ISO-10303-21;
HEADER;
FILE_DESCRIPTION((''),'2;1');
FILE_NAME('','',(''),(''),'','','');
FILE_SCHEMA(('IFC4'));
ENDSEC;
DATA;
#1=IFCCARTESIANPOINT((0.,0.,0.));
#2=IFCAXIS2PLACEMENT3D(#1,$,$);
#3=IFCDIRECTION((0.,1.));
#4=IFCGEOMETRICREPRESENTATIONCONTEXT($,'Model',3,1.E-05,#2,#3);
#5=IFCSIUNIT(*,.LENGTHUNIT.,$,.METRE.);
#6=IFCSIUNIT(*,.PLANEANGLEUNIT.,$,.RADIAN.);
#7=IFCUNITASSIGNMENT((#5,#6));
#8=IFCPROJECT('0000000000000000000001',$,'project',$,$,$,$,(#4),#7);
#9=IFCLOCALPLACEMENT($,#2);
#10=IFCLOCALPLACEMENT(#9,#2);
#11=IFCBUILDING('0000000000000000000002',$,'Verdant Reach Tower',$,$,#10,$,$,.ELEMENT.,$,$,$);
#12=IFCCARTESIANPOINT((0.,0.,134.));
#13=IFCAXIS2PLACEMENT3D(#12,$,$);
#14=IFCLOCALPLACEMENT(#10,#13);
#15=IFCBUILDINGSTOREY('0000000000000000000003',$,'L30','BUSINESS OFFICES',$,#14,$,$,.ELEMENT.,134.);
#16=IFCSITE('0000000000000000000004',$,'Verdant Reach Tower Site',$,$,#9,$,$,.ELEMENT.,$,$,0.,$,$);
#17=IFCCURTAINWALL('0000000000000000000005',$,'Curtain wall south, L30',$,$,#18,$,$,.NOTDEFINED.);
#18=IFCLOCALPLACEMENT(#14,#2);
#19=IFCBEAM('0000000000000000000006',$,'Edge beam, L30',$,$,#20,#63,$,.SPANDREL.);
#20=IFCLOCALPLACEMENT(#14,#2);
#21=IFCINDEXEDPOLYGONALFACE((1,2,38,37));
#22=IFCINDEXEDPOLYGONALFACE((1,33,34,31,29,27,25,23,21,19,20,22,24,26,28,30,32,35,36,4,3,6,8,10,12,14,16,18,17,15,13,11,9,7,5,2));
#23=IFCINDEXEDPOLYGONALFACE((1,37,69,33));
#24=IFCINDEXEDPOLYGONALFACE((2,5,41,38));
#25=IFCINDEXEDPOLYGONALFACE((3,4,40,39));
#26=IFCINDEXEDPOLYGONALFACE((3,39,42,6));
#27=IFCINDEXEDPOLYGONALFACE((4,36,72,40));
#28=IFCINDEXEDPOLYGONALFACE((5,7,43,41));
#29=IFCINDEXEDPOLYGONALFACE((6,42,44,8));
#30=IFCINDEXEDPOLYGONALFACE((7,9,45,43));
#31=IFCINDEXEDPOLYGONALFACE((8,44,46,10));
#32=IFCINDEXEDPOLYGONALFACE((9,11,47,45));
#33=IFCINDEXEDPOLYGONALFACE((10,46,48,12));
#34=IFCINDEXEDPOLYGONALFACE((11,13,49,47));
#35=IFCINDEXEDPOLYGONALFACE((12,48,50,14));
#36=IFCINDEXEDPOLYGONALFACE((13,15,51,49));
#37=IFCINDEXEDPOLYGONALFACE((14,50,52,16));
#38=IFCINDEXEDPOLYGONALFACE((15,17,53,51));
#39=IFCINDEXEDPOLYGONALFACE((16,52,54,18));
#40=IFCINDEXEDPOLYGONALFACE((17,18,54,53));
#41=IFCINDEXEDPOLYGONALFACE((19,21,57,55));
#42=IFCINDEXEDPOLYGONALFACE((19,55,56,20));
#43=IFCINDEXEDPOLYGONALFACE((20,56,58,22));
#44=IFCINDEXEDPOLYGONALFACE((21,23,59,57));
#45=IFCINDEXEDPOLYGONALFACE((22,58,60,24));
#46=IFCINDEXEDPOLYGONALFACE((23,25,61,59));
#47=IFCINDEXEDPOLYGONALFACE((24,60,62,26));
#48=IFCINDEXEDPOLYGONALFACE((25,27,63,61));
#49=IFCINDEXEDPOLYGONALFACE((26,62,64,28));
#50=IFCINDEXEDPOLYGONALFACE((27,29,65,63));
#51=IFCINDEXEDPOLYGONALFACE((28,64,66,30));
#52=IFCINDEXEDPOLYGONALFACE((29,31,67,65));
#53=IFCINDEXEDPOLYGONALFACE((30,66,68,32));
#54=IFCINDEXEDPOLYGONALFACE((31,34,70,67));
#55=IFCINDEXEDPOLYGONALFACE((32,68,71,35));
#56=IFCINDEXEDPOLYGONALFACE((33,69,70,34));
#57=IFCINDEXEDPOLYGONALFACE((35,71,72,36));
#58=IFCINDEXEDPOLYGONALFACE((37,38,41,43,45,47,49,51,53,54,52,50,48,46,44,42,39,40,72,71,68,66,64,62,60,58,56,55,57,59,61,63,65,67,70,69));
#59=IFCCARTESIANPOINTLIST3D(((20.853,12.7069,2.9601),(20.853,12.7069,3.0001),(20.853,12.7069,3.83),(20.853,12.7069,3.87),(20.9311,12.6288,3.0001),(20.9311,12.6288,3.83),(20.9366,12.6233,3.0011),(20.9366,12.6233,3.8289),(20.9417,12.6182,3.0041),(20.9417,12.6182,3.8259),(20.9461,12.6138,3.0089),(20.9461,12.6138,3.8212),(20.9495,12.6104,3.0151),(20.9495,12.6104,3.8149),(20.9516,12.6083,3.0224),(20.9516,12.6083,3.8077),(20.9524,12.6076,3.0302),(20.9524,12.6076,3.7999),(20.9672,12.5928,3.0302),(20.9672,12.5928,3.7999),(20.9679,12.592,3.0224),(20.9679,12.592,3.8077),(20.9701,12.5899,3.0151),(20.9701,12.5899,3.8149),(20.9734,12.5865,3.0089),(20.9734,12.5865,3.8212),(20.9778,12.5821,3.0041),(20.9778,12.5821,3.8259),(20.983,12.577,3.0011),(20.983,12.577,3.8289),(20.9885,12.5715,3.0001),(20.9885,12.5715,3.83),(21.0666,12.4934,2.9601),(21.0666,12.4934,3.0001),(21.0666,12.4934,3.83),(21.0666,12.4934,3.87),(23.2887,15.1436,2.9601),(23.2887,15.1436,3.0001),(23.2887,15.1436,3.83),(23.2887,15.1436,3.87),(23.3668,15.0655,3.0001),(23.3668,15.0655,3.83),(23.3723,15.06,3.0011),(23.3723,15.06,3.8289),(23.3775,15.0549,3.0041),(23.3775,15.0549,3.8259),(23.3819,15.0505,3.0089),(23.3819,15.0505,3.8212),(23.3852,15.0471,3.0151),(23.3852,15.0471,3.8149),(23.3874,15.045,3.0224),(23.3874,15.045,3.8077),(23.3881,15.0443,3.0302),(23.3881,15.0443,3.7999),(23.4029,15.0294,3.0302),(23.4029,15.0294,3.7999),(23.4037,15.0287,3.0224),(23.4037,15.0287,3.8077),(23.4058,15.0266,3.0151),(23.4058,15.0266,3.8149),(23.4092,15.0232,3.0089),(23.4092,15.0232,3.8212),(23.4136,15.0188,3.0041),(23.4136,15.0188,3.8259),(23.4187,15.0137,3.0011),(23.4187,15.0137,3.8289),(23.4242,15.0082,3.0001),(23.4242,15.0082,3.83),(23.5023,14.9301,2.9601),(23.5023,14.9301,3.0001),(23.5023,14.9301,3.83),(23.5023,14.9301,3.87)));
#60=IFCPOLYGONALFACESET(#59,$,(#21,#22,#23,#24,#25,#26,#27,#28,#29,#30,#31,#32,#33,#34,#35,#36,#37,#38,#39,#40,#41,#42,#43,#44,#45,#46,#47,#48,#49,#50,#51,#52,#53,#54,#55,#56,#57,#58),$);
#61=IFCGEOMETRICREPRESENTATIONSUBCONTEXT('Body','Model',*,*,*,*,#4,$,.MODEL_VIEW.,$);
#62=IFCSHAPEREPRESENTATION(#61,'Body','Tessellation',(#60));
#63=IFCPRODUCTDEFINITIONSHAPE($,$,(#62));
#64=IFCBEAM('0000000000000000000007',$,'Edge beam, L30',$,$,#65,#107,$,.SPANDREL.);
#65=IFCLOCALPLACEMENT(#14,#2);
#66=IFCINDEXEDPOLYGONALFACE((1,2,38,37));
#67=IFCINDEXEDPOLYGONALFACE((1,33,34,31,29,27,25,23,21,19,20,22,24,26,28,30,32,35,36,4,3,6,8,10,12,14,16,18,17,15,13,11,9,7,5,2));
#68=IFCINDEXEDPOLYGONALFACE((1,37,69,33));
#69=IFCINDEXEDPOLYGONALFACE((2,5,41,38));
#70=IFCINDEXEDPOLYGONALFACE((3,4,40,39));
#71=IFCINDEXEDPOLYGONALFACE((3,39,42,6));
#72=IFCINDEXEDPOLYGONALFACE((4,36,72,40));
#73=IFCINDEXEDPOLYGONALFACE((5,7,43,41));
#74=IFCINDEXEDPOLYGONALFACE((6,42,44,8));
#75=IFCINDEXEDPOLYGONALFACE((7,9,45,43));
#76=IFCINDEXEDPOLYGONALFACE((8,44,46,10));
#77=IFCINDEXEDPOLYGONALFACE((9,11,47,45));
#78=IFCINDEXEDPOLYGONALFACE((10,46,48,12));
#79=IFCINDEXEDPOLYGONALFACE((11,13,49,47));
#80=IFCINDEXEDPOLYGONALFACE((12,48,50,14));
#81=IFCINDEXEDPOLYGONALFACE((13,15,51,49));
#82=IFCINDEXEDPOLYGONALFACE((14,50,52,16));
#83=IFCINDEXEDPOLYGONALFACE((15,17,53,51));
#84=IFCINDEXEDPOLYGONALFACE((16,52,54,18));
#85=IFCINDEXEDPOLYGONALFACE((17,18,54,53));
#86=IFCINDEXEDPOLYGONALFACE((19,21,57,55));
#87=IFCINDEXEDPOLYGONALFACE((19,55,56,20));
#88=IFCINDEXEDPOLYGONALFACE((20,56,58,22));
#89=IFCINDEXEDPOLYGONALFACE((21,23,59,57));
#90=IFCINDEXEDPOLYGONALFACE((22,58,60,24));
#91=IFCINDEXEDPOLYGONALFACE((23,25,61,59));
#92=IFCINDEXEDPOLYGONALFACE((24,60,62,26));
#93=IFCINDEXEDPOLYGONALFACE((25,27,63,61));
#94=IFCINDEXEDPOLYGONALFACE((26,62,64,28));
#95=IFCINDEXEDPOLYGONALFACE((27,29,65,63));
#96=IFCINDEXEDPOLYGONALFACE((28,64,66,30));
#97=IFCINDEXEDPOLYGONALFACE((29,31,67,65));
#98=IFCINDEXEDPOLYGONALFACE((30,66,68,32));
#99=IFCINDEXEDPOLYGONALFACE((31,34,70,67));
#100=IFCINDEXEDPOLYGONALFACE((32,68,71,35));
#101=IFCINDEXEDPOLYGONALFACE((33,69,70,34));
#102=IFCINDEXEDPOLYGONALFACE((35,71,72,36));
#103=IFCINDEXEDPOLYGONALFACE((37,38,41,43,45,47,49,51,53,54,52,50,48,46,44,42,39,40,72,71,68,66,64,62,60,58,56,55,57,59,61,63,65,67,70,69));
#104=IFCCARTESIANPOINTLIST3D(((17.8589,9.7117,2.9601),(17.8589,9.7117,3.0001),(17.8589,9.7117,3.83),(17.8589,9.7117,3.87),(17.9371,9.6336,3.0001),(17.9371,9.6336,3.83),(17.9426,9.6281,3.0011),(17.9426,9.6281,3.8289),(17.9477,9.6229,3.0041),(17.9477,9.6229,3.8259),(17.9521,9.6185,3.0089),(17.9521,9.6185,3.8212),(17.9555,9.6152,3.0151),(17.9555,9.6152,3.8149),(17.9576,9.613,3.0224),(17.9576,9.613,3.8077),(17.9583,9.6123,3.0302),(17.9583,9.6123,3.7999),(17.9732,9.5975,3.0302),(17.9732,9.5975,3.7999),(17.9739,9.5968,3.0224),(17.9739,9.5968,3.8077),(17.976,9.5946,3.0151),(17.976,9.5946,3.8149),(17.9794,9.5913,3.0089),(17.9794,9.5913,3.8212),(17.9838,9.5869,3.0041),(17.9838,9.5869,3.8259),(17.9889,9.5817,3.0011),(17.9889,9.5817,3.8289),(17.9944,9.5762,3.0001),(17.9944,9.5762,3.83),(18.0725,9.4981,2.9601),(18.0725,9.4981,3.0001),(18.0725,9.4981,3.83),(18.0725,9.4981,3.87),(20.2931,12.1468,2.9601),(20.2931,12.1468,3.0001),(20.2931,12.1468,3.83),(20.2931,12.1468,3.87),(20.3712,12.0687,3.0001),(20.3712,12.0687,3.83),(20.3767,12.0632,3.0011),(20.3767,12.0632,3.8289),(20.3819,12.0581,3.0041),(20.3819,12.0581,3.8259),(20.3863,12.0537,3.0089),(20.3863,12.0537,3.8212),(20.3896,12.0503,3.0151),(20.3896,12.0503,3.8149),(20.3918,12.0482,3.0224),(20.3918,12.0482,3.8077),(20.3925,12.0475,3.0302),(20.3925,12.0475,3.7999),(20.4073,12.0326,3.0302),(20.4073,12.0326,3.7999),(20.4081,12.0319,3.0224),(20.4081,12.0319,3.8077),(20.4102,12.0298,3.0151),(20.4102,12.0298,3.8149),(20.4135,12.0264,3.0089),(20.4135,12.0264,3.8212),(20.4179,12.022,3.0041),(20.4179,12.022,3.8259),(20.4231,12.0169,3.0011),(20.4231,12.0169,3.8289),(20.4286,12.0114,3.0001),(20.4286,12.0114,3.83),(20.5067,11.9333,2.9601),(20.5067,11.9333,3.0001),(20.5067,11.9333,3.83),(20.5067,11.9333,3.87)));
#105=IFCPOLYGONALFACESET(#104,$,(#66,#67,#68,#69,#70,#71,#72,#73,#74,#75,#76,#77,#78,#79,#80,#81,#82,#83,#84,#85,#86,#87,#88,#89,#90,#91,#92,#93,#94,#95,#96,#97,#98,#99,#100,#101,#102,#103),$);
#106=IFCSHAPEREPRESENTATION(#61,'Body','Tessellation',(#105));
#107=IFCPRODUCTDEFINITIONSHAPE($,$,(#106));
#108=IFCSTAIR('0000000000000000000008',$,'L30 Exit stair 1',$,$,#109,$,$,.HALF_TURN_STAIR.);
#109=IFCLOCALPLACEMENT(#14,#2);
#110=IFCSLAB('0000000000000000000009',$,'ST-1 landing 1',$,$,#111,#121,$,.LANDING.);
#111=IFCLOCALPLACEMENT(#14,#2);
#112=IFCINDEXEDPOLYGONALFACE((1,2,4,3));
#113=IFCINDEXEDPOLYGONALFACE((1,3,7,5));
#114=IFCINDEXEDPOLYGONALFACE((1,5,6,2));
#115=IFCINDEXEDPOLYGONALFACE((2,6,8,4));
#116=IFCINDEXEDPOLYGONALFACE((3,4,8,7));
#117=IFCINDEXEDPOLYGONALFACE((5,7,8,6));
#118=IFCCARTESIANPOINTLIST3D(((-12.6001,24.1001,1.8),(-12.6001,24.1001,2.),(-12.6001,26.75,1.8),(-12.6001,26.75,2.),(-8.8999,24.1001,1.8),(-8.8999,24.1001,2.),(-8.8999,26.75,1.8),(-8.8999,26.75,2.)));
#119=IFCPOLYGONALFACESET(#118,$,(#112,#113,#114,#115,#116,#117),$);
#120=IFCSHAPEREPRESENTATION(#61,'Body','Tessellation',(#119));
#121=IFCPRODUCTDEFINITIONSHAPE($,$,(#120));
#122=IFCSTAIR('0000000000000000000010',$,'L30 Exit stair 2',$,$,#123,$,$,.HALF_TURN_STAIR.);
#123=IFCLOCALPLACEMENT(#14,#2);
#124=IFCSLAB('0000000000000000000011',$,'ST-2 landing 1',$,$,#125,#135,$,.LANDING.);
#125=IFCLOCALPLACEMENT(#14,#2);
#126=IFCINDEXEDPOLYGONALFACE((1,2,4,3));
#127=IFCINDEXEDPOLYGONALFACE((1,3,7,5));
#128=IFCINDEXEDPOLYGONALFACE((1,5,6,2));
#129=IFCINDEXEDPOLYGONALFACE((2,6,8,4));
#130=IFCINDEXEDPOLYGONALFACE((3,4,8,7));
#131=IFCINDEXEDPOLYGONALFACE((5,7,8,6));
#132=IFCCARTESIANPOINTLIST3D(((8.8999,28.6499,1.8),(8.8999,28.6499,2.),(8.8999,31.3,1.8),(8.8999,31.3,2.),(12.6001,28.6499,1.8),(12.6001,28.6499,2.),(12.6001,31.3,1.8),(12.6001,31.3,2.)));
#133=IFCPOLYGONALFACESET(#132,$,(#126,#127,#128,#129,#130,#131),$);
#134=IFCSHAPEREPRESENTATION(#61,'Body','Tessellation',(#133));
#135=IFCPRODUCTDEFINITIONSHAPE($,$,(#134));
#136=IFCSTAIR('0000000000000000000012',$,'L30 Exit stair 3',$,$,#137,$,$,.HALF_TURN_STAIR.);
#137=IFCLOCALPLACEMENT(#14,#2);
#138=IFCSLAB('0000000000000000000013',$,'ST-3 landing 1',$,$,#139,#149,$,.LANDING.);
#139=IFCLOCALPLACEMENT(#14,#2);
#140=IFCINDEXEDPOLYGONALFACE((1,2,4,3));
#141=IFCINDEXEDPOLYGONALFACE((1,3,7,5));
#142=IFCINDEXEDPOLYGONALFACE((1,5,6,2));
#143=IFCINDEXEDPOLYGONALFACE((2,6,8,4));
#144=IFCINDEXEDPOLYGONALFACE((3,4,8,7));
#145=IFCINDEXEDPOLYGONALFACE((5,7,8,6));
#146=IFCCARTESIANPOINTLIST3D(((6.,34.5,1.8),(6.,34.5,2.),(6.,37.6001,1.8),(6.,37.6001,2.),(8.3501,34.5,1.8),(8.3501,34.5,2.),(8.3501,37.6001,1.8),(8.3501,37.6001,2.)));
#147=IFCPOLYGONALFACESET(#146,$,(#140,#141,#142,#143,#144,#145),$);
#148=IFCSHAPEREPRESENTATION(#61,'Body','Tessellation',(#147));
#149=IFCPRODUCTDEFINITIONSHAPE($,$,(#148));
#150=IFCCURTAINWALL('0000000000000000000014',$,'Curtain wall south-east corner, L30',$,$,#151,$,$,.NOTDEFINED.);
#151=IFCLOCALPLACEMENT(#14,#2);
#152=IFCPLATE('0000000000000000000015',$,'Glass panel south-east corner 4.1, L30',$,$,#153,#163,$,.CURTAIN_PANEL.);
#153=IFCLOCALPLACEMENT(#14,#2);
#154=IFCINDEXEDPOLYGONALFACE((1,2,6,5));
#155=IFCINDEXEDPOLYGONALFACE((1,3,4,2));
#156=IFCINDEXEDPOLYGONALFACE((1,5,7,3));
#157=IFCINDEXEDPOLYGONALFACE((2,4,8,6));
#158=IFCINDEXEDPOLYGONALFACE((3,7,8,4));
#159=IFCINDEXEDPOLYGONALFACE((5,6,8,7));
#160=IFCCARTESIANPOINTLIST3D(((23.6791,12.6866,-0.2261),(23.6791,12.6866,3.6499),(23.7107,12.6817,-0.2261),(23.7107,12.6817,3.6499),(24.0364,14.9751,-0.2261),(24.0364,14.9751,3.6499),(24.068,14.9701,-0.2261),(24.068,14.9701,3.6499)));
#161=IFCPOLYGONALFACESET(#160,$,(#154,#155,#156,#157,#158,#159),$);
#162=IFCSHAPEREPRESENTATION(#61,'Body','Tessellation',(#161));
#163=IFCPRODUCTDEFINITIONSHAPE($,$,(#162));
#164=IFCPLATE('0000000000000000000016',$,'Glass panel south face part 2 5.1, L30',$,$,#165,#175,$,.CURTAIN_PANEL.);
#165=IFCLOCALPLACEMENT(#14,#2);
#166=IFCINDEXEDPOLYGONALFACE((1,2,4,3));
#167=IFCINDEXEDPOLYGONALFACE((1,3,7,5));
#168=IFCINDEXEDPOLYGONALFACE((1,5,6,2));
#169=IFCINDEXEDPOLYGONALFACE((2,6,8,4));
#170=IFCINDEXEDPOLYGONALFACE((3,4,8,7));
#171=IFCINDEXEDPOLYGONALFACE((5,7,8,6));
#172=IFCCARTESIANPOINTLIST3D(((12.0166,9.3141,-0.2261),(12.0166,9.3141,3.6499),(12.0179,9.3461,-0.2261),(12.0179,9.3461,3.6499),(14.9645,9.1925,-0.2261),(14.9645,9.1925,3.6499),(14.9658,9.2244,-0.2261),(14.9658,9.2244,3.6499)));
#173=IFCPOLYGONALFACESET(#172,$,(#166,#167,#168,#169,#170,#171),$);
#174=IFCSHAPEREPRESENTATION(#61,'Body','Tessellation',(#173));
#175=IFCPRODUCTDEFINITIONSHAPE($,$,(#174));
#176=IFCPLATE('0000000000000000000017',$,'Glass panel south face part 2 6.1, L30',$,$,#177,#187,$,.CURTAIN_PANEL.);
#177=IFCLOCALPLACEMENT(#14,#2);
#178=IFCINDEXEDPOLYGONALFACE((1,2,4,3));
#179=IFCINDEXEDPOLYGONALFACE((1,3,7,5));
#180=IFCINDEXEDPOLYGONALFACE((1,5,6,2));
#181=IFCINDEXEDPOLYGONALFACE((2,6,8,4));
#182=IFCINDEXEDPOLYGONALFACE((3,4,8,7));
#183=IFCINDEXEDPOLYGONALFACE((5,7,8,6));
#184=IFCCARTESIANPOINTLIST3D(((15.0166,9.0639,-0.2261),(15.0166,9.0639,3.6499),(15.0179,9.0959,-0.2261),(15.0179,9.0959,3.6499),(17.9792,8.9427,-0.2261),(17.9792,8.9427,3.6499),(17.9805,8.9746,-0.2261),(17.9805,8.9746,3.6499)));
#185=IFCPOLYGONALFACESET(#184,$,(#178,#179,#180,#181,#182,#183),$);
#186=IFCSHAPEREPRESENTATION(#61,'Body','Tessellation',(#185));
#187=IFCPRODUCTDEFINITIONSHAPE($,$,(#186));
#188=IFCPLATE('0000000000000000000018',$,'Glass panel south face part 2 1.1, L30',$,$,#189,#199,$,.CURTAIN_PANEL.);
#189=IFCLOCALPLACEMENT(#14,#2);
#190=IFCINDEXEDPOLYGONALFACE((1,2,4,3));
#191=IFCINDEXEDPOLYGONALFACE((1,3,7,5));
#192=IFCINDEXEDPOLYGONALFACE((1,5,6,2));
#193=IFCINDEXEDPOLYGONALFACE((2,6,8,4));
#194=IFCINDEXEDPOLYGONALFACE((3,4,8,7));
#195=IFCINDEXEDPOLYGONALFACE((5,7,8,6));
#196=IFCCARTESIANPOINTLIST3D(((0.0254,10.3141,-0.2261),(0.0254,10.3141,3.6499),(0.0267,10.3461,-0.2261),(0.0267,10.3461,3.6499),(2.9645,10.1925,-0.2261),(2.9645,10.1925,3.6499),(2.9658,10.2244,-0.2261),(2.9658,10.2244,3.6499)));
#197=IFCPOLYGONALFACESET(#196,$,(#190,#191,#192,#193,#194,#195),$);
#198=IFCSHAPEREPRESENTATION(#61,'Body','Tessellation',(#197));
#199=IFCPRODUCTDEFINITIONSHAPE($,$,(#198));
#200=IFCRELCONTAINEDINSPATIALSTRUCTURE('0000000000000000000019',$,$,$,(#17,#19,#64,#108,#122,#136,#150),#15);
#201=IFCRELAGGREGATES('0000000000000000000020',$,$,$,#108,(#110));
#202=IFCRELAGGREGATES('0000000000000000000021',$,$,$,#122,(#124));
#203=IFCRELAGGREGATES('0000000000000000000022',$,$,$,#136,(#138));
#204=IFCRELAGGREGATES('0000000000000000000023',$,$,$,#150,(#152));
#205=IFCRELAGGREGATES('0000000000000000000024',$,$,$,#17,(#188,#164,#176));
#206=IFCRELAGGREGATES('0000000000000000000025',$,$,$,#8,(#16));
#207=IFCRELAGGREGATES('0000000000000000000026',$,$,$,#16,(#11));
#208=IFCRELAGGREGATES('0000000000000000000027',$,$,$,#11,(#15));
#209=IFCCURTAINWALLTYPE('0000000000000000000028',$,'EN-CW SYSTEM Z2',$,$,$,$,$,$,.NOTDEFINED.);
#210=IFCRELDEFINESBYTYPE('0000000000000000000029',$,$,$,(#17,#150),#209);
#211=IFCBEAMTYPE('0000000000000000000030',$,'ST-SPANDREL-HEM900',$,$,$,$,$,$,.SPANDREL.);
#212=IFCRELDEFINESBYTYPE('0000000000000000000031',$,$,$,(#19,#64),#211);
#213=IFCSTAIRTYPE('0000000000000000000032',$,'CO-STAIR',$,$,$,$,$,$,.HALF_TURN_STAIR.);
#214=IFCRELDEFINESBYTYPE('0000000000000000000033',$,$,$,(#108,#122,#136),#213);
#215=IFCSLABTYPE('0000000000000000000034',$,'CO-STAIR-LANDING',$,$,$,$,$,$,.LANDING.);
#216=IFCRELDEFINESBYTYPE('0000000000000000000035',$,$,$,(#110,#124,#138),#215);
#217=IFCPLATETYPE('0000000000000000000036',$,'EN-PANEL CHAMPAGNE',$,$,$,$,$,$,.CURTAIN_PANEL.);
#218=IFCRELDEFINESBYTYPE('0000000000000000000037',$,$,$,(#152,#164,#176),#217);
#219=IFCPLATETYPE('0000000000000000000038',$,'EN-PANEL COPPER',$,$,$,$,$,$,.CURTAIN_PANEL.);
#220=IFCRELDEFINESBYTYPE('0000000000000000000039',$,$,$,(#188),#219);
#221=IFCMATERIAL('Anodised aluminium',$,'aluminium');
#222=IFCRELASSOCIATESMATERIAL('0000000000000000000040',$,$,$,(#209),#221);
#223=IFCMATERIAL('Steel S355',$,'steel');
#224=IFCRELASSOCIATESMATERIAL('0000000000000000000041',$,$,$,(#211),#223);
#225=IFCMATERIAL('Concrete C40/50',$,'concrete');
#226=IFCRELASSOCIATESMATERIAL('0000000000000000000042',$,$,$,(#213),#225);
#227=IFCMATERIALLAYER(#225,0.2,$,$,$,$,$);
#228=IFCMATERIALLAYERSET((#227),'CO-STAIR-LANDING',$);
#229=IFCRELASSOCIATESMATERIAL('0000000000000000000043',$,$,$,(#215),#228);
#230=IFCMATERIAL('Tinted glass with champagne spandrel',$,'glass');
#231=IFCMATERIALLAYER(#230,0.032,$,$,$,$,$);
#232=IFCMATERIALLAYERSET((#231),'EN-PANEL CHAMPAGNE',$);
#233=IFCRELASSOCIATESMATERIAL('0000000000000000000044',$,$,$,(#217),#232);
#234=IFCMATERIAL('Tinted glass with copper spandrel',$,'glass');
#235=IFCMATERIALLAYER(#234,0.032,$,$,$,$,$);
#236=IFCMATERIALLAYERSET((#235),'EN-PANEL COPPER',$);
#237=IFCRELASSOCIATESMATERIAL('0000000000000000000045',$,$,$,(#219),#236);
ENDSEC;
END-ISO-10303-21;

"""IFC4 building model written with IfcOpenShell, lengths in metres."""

from ifc_helpers import new_model, si_unit, direction, frame, origin, origin_2d, place, context, subcontext, project, spatial, polyline, rectangle, i_section, outline, extrude, material, layer, layer_set, material_profile, profile_set, type_object, element, aggregate, save


model = new_model("IFC4")

# Units and contexts
model_context = context("Model", 3, precision=1e-05, world=origin(), true_north=direction((0.0, 1.0)))
body_context = subcontext(model_context, "Body", "Model", "MODEL_VIEW")
ifc_project = project(units=[si_unit("LENGTHUNIT", "METRE"), si_unit("PLANEANGLEUNIT", "RADIAN")], contexts=[model_context])

# Site, building, storey
site_placement = place(None, origin())
site = spatial("IfcSite", under=ifc_project, at=site_placement, Name="Verdant Reach Tower Site", CompositionType="ELEMENT", RefElevation=0.0)
building_placement = place(site_placement, origin())
building = spatial("IfcBuilding", under=site, at=building_placement, Name="Verdant Reach Tower", CompositionType="ELEMENT")
storey_placement = place(building_placement, frame((0.0, 0.0, 134.0)))
storey = spatial("IfcBuildingStorey", under=building, at=storey_placement, Name="L30", Description="BUSINESS OFFICES", CompositionType="ELEMENT", Elevation=134.0)

# Curtain wall
ifc_material_1 = material(Name="Anodised aluminium", Category="aluminium")
curtain_wall_type = type_object("IfcCurtainWallType", Name="EN-CW SYSTEM Z2", PredefinedType="NOTDEFINED", material=ifc_material_1)
curtain_wall_1_placement = place(storey_placement, origin())
curtain_wall_1 = element("IfcCurtainWall", 1, at=curtain_wall_1_placement, inside=storey, type_object=curtain_wall_type, Name="Curtain wall south, L30", PredefinedType="NOTDEFINED")

# Beams
ifc_material_2 = material(Name="Steel S355", Category="steel")
ifc_material_profile_1 = material_profile(ifc_material_2, i_section(OverallWidth=0.302, OverallDepth=0.9099, WebThickness=0.021, FlangeThickness=0.04, FilletRadius=0.03, at=origin_2d()), Name="HEM 900")
ifc_profile_set_1 = profile_set([ifc_material_profile_1], Name="Steel S355")
beam_type_1 = type_object("IfcBeamType", Name="ST-SPANDREL-HEM900", PredefinedType="SPANDREL", material=ifc_profile_set_1)
beam_1_placement = place(storey_placement, frame((23.3955, 15.0369, 3.415), z_axis=(-0.706965, -0.707248, 0.0), x_axis=(0.707248, -0.706965, 0.0)))
element("IfcBeam", 2, at=beam_1_placement, inside=storey, type_object=beam_type_1, Name="Edge beam, L30", PredefinedType="SPANDREL", context=body_context, shape_type="SweptSolid", body=[
    extrude(i_section(OverallWidth=0.302, OverallDepth=0.9099, WebThickness=0.021, FlangeThickness=0.04, FilletRadius=0.03, at=origin_2d()), origin(), (0.0, 0.0, 1.0), 3.4453),
])
beam_2_placement = place(storey_placement, frame((20.3999, 12.04, 3.415), z_axis=(-0.706965, -0.707249, 0.0), x_axis=(0.707249, -0.706965, 0.0)))
element("IfcBeam", 3, at=beam_2_placement, inside=storey, type_object=beam_type_1, Name="Edge beam, L30", PredefinedType="SPANDREL", context=body_context, shape_type="SweptSolid", body=[
    extrude(i_section(OverallWidth=0.302, OverallDepth=0.9099, WebThickness=0.021, FlangeThickness=0.04, FilletRadius=0.03, at=origin_2d()), origin(), (0.0, 0.0, 1.0), 3.4431),
])

# Stairs, slabs
ifc_material_3 = material(Name="Concrete C40/50", Category="concrete")
stair_type = type_object("IfcStairType", Name="CO-STAIR", PredefinedType="HALF_TURN_STAIR", material=ifc_material_3)
stair_1_placement = place(storey_placement, origin())
stair_1 = element("IfcStair", 4, at=stair_1_placement, inside=storey, type_object=stair_type, Name="L30 Exit stair 1", PredefinedType="HALF_TURN_STAIR")
ifc_layer_1 = layer(ifc_material_3, 0.2)
ifc_layer_set_1 = layer_set([ifc_layer_1], Name="CO-STAIR-LANDING")
slab_type_1 = type_object("IfcSlabType", Name="CO-STAIR-LANDING", PredefinedType="LANDING", material=ifc_layer_set_1)
slab_1_placement = place(storey_placement, frame((0.0, 0.0, 1.8)))
slab_1 = element("IfcSlab", 5, at=slab_1_placement, type_object=slab_type_1, Name="ST-1 landing 1", PredefinedType="LANDING", context=body_context, shape_type="SweptSolid", body=[
    extrude(outline(polyline([(-12.6001, 26.75), (-12.6001, 24.1001), (-8.8999, 24.1001), (-8.8999, 26.75), (-12.6001, 26.75)])), origin(), (0.0, 0.0, 1.0), 0.2),
])
aggregate(stair_1, [slab_1])
stair_2_placement = place(storey_placement, origin())
stair_2 = element("IfcStair", 6, at=stair_2_placement, inside=storey, type_object=stair_type, Name="L30 Exit stair 2", PredefinedType="HALF_TURN_STAIR")
slab_2_placement = place(storey_placement, frame((0.0, 0.0, 1.8)))
slab_2 = element("IfcSlab", 7, at=slab_2_placement, type_object=slab_type_1, Name="ST-2 landing 1", PredefinedType="LANDING", context=body_context, shape_type="SweptSolid", body=[
    extrude(outline(polyline([(12.6001, 28.6499), (12.6001, 31.3), (8.8999, 31.3), (8.8999, 28.6499), (12.6001, 28.6499)])), origin(), (0.0, 0.0, 1.0), 0.2),
])
aggregate(stair_2, [slab_2])
stair_3_placement = place(storey_placement, origin())
stair_3 = element("IfcStair", 8, at=stair_3_placement, inside=storey, type_object=stair_type, Name="L30 Exit stair 3", PredefinedType="HALF_TURN_STAIR")
slab_3_placement = place(storey_placement, frame((0.0, 0.0, 1.8)))
slab_3 = element("IfcSlab", 9, at=slab_3_placement, type_object=slab_type_1, Name="ST-3 landing 1", PredefinedType="LANDING", context=body_context, shape_type="SweptSolid", body=[
    extrude(outline(polyline([(8.3501, 37.6001), (6.0, 37.6001), (6.0, 34.5), (8.3501, 34.5), (8.3501, 37.6001)])), origin(), (0.0, 0.0, 1.0), 0.2),
])
aggregate(stair_3, [slab_3])

# Curtain wall, plate
curtain_wall_2_placement = place(storey_placement, origin())
curtain_wall_2 = element("IfcCurtainWall", 10, at=curtain_wall_2_placement, inside=storey, type_object=curtain_wall_type, Name="Curtain wall south-east corner, L30", PredefinedType="NOTDEFINED")
ifc_material_4 = material(Name="Tinted glass with champagne spandrel", Category="glass")
ifc_layer_2 = layer(ifc_material_4, 0.032)
ifc_layer_set_2 = layer_set([ifc_layer_2], Name="EN-PANEL CHAMPAGNE")
plate_type_1 = type_object("IfcPlateType", Name="EN-PANEL CHAMPAGNE", PredefinedType="CURTAIN_PANEL", material=ifc_layer_set_2)
plate_1_placement = place(storey_placement, frame((23.8735, 13.8284, -0.2261), z_axis=(0.0, 0.0, 1.0), x_axis=(0.154281, 0.988027, 0.0)))
plate_1 = element("IfcPlate", 11, at=plate_1_placement, type_object=plate_type_1, Name="Glass panel south-east corner 4.1, L30", PredefinedType="CURTAIN_PANEL", context=body_context, shape_type="SweptSolid", body=[
    extrude(rectangle(XDim=2.3162, YDim=0.032, at=origin_2d()), origin(), (0.0, 0.0, 1.0), 3.876),
])

# Plates
plate_2_placement = place(storey_placement, frame((13.4912, 9.2693, -0.2261), z_axis=(0.0, 0.0, 1.0), x_axis=(0.999149, -0.041242, 0.0)))
plate_2 = element("IfcPlate", 12, at=plate_2_placement, type_object=plate_type_1, Name="Glass panel south face part 2 5.1, L30", PredefinedType="CURTAIN_PANEL", context=body_context, shape_type="SweptSolid", body=[
    extrude(rectangle(XDim=2.9504, YDim=0.032, at=origin_2d()), origin(), (0.0, 0.0, 1.0), 3.876),
])
plate_3_placement = place(storey_placement, frame((16.4985, 9.0193, -0.2261), z_axis=(0.0, 0.0, 1.0), x_axis=(0.999163, -0.0409, 0.0)))
plate_3 = element("IfcPlate", 13, at=plate_3_placement, type_object=plate_type_1, Name="Glass panel south face part 2 6.1, L30", PredefinedType="CURTAIN_PANEL", context=body_context, shape_type="SweptSolid", body=[
    extrude(rectangle(XDim=2.9651, YDim=0.032, at=origin_2d()), origin(), (0.0, 0.0, 1.0), 3.876),
])
ifc_material_5 = material(Name="Tinted glass with copper spandrel", Category="glass")
ifc_layer_3 = layer(ifc_material_5, 0.032)
ifc_layer_set_3 = layer_set([ifc_layer_3], Name="EN-PANEL COPPER")
plate_type_2 = type_object("IfcPlateType", Name="EN-PANEL COPPER", PredefinedType="CURTAIN_PANEL", material=ifc_layer_set_3)
plate_4_placement = place(storey_placement, frame((1.4956, 10.2693, -0.2261), z_axis=(0.0, 0.0, 1.0), x_axis=(0.999144, -0.041364, 0.0)))
plate_4 = element("IfcPlate", 14, at=plate_4_placement, type_object=plate_type_2, Name="Glass panel south face part 2 1.1, L30", PredefinedType="CURTAIN_PANEL", context=body_context, shape_type="SweptSolid", body=[
    extrude(rectangle(XDim=2.9417, YDim=0.032, at=origin_2d()), origin(), (0.0, 0.0, 1.0), 3.876),
])
aggregate(curtain_wall_2, [plate_1])
aggregate(curtain_wall_1, [plate_4, plate_2, plate_3])

save(model, "model.ifc")
